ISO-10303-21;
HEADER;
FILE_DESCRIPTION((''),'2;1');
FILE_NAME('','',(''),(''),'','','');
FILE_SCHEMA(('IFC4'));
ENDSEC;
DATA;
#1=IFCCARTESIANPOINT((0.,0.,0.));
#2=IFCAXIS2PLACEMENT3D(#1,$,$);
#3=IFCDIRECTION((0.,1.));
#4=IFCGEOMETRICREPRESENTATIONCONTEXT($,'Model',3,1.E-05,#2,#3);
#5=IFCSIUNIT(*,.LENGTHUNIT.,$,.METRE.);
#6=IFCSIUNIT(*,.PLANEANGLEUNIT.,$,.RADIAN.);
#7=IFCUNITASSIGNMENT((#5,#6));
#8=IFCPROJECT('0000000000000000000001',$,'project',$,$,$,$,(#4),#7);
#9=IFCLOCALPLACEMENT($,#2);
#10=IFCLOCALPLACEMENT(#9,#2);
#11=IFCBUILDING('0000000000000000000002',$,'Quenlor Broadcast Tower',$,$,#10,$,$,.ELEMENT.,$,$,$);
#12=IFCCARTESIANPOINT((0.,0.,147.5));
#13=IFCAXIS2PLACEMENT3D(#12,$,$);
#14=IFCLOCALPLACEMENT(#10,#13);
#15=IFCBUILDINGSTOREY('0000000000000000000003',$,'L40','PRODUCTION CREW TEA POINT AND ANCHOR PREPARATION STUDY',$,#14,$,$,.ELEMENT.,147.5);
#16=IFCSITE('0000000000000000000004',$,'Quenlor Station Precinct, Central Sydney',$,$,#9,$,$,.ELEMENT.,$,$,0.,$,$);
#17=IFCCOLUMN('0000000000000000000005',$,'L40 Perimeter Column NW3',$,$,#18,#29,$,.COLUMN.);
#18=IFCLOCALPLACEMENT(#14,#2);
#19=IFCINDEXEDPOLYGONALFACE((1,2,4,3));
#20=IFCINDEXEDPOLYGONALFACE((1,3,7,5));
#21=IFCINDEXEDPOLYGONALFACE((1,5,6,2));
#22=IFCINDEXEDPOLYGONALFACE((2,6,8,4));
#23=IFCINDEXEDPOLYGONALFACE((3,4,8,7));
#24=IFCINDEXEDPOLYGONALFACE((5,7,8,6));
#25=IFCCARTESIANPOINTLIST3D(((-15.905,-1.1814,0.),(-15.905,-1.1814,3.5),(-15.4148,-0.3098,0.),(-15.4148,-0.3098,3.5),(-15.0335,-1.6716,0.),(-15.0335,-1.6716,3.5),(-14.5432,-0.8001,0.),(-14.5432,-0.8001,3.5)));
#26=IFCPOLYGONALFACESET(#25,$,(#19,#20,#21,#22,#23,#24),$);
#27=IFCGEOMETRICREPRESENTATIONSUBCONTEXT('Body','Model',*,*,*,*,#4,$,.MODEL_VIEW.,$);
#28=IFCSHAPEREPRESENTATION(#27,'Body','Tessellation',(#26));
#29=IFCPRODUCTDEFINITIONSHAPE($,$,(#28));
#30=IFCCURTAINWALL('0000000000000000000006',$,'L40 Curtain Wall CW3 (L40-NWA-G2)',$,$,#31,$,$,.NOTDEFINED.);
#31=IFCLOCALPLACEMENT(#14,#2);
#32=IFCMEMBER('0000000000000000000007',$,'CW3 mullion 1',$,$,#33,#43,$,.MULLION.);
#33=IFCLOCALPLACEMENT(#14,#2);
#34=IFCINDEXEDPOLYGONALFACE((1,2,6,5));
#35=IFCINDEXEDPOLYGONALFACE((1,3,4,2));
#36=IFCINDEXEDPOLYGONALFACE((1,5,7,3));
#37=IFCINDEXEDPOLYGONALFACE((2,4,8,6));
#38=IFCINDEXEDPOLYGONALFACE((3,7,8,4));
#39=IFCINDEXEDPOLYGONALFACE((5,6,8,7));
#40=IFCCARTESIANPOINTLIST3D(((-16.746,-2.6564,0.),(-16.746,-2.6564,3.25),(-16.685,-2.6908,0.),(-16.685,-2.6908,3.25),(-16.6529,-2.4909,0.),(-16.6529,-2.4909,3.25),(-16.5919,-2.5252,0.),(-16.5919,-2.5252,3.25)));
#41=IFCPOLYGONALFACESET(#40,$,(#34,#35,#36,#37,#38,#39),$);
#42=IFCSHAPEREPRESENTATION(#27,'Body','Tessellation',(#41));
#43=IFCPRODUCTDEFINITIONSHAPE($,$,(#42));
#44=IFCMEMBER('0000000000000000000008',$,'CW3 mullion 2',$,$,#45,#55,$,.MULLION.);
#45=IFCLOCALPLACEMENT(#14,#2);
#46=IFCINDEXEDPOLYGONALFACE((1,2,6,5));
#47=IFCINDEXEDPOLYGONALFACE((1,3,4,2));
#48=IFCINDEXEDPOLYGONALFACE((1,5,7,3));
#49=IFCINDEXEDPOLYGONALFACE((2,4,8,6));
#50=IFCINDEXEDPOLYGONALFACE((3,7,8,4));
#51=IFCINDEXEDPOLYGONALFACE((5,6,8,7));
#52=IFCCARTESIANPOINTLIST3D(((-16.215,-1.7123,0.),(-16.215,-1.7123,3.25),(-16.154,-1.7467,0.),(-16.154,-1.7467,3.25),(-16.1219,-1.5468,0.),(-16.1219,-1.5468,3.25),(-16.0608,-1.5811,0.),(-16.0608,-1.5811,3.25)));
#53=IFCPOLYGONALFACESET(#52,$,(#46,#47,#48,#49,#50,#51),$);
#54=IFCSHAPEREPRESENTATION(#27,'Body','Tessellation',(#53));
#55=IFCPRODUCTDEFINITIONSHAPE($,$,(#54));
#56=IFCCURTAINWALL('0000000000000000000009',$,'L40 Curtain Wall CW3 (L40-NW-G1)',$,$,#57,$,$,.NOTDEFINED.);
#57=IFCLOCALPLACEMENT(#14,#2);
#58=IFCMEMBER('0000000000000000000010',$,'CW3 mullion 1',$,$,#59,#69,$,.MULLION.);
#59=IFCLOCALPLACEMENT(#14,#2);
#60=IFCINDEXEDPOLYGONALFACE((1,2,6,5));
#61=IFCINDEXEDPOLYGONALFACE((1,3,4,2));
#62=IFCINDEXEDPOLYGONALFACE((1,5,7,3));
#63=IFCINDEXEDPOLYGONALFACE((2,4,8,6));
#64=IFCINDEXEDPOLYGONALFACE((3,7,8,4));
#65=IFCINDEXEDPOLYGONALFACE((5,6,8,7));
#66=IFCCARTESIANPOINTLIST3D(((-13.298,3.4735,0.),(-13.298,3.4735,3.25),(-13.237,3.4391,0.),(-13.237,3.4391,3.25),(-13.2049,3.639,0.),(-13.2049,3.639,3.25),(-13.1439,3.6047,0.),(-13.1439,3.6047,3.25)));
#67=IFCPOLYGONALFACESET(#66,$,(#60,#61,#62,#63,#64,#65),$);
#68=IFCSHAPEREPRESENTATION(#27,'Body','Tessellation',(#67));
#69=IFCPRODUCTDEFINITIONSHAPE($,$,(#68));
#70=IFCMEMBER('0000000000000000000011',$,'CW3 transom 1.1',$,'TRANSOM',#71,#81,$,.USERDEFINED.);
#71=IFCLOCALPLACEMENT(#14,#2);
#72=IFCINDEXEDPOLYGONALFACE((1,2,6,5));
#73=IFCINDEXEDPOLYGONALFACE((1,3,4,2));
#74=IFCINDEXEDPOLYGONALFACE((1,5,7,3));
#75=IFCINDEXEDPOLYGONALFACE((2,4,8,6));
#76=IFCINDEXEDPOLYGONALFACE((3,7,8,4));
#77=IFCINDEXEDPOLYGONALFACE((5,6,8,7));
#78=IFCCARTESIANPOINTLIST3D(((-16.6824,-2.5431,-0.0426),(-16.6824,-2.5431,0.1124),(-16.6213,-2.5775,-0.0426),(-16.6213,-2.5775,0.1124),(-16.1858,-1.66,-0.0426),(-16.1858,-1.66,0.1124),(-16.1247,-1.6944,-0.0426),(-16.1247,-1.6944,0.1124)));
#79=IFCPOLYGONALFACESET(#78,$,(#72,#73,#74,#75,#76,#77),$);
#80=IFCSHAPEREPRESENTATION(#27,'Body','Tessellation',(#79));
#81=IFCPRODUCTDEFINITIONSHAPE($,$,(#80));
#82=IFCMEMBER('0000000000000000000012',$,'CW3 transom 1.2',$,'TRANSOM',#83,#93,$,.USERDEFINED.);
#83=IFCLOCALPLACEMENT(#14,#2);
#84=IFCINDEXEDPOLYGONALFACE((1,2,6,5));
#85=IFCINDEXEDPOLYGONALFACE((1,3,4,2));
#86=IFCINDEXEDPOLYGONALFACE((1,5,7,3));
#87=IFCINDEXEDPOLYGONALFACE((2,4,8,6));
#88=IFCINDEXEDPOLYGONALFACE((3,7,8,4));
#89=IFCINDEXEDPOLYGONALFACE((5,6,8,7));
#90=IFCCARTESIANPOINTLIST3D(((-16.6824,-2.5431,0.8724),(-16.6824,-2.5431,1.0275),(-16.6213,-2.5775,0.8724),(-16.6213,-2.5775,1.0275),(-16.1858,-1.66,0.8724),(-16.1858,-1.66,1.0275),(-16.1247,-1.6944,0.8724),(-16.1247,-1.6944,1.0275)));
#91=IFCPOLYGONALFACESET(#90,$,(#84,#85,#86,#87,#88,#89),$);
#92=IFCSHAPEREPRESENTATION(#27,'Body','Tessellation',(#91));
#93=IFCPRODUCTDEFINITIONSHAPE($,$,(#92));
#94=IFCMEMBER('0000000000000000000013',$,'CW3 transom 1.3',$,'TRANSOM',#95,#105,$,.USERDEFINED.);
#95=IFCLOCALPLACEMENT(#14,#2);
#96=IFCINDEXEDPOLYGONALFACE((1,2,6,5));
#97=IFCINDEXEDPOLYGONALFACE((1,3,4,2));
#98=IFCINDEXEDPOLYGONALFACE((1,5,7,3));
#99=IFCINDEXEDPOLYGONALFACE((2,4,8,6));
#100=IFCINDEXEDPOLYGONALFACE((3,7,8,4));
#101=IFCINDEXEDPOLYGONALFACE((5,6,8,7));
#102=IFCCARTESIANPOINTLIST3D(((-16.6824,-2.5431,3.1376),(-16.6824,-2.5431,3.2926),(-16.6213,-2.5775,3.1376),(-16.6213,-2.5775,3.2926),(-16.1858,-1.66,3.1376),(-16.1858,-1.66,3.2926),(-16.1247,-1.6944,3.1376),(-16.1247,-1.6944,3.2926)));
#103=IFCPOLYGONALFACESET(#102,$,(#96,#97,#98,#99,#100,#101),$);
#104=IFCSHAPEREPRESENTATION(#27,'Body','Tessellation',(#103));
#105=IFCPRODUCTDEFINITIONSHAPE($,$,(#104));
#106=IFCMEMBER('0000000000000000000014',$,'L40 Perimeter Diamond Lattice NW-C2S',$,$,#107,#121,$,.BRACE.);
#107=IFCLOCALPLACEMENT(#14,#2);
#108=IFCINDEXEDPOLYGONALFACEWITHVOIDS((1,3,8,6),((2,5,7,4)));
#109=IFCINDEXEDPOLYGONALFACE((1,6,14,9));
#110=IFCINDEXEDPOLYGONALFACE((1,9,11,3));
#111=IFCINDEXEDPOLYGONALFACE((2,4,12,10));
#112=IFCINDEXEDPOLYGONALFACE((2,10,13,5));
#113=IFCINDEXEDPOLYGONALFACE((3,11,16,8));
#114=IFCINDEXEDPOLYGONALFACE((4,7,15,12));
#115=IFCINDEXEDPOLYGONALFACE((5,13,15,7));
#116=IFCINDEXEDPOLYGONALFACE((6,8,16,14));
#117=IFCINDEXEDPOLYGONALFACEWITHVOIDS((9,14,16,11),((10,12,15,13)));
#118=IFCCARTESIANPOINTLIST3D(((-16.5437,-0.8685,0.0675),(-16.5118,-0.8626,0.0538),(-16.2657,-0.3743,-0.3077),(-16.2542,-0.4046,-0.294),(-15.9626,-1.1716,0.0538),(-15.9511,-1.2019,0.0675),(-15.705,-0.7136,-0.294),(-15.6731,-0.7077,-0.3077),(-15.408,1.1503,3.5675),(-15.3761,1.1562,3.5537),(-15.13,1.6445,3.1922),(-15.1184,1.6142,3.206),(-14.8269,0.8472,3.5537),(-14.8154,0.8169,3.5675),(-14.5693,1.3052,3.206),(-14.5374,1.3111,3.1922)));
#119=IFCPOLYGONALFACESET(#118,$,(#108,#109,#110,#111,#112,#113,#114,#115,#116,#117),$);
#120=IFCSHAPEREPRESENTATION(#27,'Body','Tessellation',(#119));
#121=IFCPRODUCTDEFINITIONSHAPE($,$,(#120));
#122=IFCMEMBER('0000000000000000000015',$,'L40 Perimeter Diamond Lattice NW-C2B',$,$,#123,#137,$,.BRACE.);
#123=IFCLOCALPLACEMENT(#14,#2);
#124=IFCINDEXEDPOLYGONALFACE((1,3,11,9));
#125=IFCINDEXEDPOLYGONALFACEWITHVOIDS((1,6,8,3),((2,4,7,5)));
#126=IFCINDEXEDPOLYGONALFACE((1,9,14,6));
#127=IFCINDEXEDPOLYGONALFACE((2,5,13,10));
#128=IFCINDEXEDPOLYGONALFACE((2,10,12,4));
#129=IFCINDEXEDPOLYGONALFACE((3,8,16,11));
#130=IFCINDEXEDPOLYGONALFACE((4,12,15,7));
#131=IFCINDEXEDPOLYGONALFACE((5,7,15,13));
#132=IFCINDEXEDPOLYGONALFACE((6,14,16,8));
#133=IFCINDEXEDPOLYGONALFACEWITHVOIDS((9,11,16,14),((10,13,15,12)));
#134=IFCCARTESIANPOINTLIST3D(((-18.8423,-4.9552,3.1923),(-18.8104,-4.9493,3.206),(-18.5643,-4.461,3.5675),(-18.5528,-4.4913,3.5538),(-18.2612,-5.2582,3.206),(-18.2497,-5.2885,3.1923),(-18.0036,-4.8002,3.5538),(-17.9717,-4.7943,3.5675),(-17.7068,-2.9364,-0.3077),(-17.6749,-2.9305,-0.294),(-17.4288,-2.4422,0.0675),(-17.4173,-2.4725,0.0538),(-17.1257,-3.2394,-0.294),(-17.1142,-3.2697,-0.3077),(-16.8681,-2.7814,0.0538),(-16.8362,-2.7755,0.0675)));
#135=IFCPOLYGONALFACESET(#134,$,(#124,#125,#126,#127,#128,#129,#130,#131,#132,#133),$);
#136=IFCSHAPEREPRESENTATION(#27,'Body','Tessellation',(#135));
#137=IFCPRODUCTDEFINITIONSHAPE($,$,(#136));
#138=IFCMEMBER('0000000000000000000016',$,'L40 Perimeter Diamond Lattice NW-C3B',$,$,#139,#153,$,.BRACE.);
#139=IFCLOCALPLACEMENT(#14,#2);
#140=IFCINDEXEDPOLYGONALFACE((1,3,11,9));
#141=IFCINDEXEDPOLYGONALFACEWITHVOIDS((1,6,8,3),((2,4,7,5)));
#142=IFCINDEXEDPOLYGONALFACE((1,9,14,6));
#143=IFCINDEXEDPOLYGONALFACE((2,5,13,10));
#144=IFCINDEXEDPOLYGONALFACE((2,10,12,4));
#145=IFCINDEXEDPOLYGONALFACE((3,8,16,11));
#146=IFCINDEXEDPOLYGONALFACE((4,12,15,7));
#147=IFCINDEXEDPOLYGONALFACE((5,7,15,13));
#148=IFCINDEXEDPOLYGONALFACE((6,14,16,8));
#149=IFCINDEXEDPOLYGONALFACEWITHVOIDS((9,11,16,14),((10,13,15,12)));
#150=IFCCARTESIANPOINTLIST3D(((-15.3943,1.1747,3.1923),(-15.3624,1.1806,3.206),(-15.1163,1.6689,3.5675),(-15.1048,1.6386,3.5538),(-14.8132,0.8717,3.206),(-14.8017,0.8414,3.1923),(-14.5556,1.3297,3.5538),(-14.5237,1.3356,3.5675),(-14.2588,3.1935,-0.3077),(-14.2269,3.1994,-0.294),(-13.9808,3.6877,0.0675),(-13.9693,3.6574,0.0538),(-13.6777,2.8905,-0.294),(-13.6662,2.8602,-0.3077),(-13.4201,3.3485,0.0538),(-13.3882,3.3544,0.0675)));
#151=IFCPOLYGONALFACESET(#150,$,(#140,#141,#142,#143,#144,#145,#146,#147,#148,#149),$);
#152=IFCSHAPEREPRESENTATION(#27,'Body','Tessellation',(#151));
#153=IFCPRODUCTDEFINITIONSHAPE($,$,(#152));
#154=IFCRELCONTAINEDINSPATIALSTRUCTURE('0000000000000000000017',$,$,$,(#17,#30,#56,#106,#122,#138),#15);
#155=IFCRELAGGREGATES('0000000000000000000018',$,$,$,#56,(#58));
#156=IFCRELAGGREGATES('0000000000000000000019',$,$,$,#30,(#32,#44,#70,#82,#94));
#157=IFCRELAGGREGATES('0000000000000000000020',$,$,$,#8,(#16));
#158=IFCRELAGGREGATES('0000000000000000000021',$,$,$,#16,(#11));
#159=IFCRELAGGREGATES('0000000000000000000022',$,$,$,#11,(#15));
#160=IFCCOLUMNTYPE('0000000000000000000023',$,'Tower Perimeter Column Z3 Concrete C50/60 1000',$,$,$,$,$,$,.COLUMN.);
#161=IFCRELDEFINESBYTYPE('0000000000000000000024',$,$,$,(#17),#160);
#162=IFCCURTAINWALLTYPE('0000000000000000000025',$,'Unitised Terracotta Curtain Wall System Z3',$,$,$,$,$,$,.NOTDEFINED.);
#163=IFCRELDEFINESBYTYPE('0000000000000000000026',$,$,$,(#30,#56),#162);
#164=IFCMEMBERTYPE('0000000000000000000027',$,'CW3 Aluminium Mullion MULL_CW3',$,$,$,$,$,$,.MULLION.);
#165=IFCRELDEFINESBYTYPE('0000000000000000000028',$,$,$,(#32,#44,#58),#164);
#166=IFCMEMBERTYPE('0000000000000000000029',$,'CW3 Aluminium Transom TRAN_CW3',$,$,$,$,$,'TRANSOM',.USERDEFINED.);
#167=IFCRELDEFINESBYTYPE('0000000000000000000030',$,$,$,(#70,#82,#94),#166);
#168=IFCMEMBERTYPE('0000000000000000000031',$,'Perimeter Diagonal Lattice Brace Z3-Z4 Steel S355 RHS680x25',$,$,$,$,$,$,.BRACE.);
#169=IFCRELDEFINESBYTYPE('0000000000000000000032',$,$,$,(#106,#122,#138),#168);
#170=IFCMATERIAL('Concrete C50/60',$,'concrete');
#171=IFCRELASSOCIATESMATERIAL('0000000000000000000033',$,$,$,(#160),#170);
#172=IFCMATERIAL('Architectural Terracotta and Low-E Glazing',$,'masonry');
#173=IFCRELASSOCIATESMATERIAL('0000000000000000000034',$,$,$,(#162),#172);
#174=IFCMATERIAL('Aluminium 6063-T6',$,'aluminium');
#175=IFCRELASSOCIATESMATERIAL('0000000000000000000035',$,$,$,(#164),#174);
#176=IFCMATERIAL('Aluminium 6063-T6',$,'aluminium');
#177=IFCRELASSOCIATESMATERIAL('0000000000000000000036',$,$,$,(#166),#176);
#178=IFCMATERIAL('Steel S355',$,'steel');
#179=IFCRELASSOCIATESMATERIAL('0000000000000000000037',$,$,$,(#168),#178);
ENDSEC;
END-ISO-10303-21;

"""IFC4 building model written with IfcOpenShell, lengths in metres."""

from ifc_helpers import new_model, si_unit, direction, frame, origin, origin_2d, place, context, subcontext, project, spatial, rectangle, hollow_rectangle, extrude, material, material_profile, profile_set, type_object, element, aggregate, save


model = new_model("IFC4")

# Units and contexts
model_context = context("Model", 3, precision=1e-05, world=origin(), true_north=direction((0.0, 1.0)))
body_context = subcontext(model_context, "Body", "Model", "MODEL_VIEW")
ifc_project = project(units=[si_unit("LENGTHUNIT", "METRE"), si_unit("PLANEANGLEUNIT", "RADIAN")], contexts=[model_context])

# Site, building, storey
site_placement = place(None, origin())
site = spatial("IfcSite", under=ifc_project, at=site_placement, Name="Quenlor Station Precinct, Central Sydney", CompositionType="ELEMENT", RefElevation=0.0)
building_placement = place(site_placement, origin())
building = spatial("IfcBuilding", under=site, at=building_placement, Name="Quenlor Broadcast Tower", CompositionType="ELEMENT")
storey_placement = place(building_placement, frame((0.0, 0.0, 147.5)))
storey = spatial("IfcBuildingStorey", under=building, at=storey_placement, Name="L40", Description="PRODUCTION CREW TEA POINT AND ANCHOR PREPARATION STUDY", CompositionType="ELEMENT", Elevation=147.5)

# Column
ifc_material_1 = material(Name="Concrete C50/60", Category="concrete")
ifc_material_profile_1 = material_profile(ifc_material_1, rectangle(XDim=1.0, YDim=1.0, at=origin_2d()))
ifc_profile_set_1 = profile_set([ifc_material_profile_1], Name="Concrete C50/60 RC1000x1000")
column_type = type_object("IfcColumnType", Name="Tower Perimeter Column Z3 Concrete C50/60 1000", PredefinedType="COLUMN", material=ifc_profile_set_1)
column_placement = place(storey_placement, frame((-15.2241, -0.9907, 0.0), z_axis=(0.0, 0.0, 1.0), x_axis=(-0.871575, 0.490262, 0.0)))
element("IfcColumn", 1, at=column_placement, inside=storey, type_object=column_type, Name="L40 Perimeter Column NW3", PredefinedType="COLUMN", context=body_context, shape_type="SweptSolid", body=[
    extrude(rectangle(XDim=1.0, YDim=1.0, at=origin_2d()), origin(), (0.0, 0.0, 1.0), 3.5),
])

# Curtain wall, members
ifc_material_2 = material(Name="Architectural Terracotta and Low-E Glazing", Category="masonry")
curtain_wall_type = type_object("IfcCurtainWallType", Name="Unitised Terracotta Curtain Wall System Z3", PredefinedType="NOTDEFINED", material=ifc_material_2)
curtain_wall_1_placement = place(storey_placement, origin())
curtain_wall_1 = element("IfcCurtainWall", 2, at=curtain_wall_1_placement, inside=storey, type_object=curtain_wall_type, Name="L40 Curtain Wall CW3 (L40-NWA-G2)", PredefinedType="NOTDEFINED")
ifc_material_3 = material(Name="Aluminium 6063-T6", Category="aluminium")
ifc_material_profile_2 = material_profile(ifc_material_3, rectangle(XDim=0.0701, YDim=0.1899, at=origin_2d()))
ifc_profile_set_2 = profile_set([ifc_material_profile_2], Name="Aluminium 6063-T6 MULL70x190")
member_type_1 = type_object("IfcMemberType", Name="CW3 Aluminium Mullion MULL_CW3", PredefinedType="MULLION", material=ifc_profile_set_2)
member_1_placement = place(storey_placement, frame((-16.6689, -2.5908, 0.0), z_axis=(0.0, 0.0, 1.0), x_axis=(-0.87158, 0.490253, 0.0)))
member_1 = element("IfcMember", 3, at=member_1_placement, type_object=member_type_1, Name="CW3 mullion 1", PredefinedType="MULLION", context=body_context, shape_type="SweptSolid", body=[
    extrude(rectangle(XDim=0.0701, YDim=0.1899, at=origin_2d()), origin(), (0.0, 0.0, 1.0), 3.25),
])
member_2_placement = place(storey_placement, frame((-16.1379, -1.6467, 0.0), z_axis=(0.0, 0.0, 1.0), x_axis=(-0.87158, 0.490253, 0.0)))
member_2 = element("IfcMember", 4, at=member_2_placement, type_object=member_type_1, Name="CW3 mullion 2", PredefinedType="MULLION", context=body_context, shape_type="SweptSolid", body=[
    extrude(rectangle(XDim=0.0701, YDim=0.1899, at=origin_2d()), origin(), (0.0, 0.0, 1.0), 3.25),
])

# Curtain wall, member
curtain_wall_2_placement = place(storey_placement, origin())
curtain_wall_2 = element("IfcCurtainWall", 5, at=curtain_wall_2_placement, inside=storey, type_object=curtain_wall_type, Name="L40 Curtain Wall CW3 (L40-NW-G1)", PredefinedType="NOTDEFINED")
member_3_placement = place(storey_placement, frame((-13.2209, 3.5391, 0.0), z_axis=(0.0, 0.0, 1.0), x_axis=(-0.871562, 0.490285, 0.0)))
member_3 = element("IfcMember", 6, at=member_3_placement, type_object=member_type_1, Name="CW3 mullion 1", PredefinedType="MULLION", context=body_context, shape_type="SweptSolid", body=[
    extrude(rectangle(XDim=0.0701, YDim=0.1899, at=origin_2d()), origin(), (0.0, 0.0, 1.0), 3.25),
])
aggregate(curtain_wall_2, [member_3])

# Members
ifc_material_4 = material(Name="Aluminium 6063-T6", Category="aluminium")
ifc_material_profile_3 = material_profile(ifc_material_4, rectangle(XDim=0.0701, YDim=0.155, at=origin_2d()))
ifc_profile_set_3 = profile_set([ifc_material_profile_3], Name="Aluminium 6063-T6 TRAN70x155")
member_type_2 = type_object("IfcMemberType", Name="CW3 Aluminium Transom TRAN_CW3", ElementType="TRANSOM", PredefinedType="USERDEFINED", material=ifc_profile_set_3)
member_4_placement = place(storey_placement, frame((-16.6519, -2.5603, 0.0349), z_axis=(0.490158, 0.871633, 0.0), x_axis=(-0.871633, 0.490158, 0.0)))
member_4 = element("IfcMember", 7, at=member_4_placement, type_object=member_type_2, Name="CW3 transom 1.1", ObjectType="TRANSOM", PredefinedType="USERDEFINED", context=body_context, shape_type="SweptSolid", body=[
    extrude(rectangle(XDim=0.0701, YDim=0.155, at=origin_2d()), origin(), (0.0, 0.0, 1.0), 1.0132),
])
member_5_placement = place(storey_placement, frame((-16.6519, -2.5603, 0.95), z_axis=(0.490158, 0.871633, 0.0), x_axis=(-0.871633, 0.490158, 0.0)))
member_5 = element("IfcMember", 8, at=member_5_placement, type_object=member_type_2, Name="CW3 transom 1.2", ObjectType="TRANSOM", PredefinedType="USERDEFINED", context=body_context, shape_type="SweptSolid", body=[
    extrude(rectangle(XDim=0.0701, YDim=0.155, at=origin_2d()), origin(), (0.0, 0.0, 1.0), 1.0132),
])
member_6_placement = place(storey_placement, frame((-16.6519, -2.5603, 3.2151), z_axis=(0.490158, 0.871633, 0.0), x_axis=(-0.871633, 0.490158, 0.0)))
member_6 = element("IfcMember", 9, at=member_6_placement, type_object=member_type_2, Name="CW3 transom 1.3", ObjectType="TRANSOM", PredefinedType="USERDEFINED", context=body_context, shape_type="SweptSolid", body=[
    extrude(rectangle(XDim=0.0701, YDim=0.155, at=origin_2d()), origin(), (0.0, 0.0, 1.0), 1.0132),
])

# Members
ifc_material_5 = material(Name="Steel S355", Category="steel")
ifc_material_profile_4 = material_profile(ifc_material_5, hollow_rectangle(XDim=0.6799, YDim=0.6799, WallThickness=0.0249, at=origin_2d()))
ifc_profile_set_4 = profile_set([ifc_material_profile_4], Name="Steel S355 RHS680x680x25")
member_type_3 = type_object("IfcMemberType", Name="Perimeter Diagonal Lattice Brace Z3-Z4 Steel S355 RHS680x25", PredefinedType="BRACE", material=ifc_profile_set_4)
for number, where, z_axis, x_axis, name in (
    (10, (-16.1084, -0.7881, -0.1201), (0.270603, 0.481001, 0.833914), (-0.871545, 0.490316, 0.0), "L40 Perimeter Diamond Lattice NW-C2S"),
    (11, (-17.2715, -2.856, -0.1201), (-0.270549, -0.481009, 0.833927), (0.87159, -0.490236, 0.0), "L40 Perimeter Diamond Lattice NW-C2B"),
    (12, (-13.8235, 3.2739, -0.1201), (-0.270549, -0.481009, 0.833927), (0.87159, -0.490236, 0.0), "L40 Perimeter Diamond Lattice NW-C3B"),
):
    element("IfcMember", number, at=place(storey_placement, frame(where, z_axis=z_axis, x_axis=x_axis)), inside=storey, type_object=member_type_3, Name=name, PredefinedType="BRACE", context=body_context, shape_type="SweptSolid", body=[
        extrude(hollow_rectangle(XDim=0.6799, YDim=0.6799, WallThickness=0.0249, at=origin_2d()), origin(), (0.0, 0.0, 1.0), 4.197),
    ])

aggregate(curtain_wall_1, [member_1, member_2, member_4, member_5, member_6])

save(model, "model.ifc")
